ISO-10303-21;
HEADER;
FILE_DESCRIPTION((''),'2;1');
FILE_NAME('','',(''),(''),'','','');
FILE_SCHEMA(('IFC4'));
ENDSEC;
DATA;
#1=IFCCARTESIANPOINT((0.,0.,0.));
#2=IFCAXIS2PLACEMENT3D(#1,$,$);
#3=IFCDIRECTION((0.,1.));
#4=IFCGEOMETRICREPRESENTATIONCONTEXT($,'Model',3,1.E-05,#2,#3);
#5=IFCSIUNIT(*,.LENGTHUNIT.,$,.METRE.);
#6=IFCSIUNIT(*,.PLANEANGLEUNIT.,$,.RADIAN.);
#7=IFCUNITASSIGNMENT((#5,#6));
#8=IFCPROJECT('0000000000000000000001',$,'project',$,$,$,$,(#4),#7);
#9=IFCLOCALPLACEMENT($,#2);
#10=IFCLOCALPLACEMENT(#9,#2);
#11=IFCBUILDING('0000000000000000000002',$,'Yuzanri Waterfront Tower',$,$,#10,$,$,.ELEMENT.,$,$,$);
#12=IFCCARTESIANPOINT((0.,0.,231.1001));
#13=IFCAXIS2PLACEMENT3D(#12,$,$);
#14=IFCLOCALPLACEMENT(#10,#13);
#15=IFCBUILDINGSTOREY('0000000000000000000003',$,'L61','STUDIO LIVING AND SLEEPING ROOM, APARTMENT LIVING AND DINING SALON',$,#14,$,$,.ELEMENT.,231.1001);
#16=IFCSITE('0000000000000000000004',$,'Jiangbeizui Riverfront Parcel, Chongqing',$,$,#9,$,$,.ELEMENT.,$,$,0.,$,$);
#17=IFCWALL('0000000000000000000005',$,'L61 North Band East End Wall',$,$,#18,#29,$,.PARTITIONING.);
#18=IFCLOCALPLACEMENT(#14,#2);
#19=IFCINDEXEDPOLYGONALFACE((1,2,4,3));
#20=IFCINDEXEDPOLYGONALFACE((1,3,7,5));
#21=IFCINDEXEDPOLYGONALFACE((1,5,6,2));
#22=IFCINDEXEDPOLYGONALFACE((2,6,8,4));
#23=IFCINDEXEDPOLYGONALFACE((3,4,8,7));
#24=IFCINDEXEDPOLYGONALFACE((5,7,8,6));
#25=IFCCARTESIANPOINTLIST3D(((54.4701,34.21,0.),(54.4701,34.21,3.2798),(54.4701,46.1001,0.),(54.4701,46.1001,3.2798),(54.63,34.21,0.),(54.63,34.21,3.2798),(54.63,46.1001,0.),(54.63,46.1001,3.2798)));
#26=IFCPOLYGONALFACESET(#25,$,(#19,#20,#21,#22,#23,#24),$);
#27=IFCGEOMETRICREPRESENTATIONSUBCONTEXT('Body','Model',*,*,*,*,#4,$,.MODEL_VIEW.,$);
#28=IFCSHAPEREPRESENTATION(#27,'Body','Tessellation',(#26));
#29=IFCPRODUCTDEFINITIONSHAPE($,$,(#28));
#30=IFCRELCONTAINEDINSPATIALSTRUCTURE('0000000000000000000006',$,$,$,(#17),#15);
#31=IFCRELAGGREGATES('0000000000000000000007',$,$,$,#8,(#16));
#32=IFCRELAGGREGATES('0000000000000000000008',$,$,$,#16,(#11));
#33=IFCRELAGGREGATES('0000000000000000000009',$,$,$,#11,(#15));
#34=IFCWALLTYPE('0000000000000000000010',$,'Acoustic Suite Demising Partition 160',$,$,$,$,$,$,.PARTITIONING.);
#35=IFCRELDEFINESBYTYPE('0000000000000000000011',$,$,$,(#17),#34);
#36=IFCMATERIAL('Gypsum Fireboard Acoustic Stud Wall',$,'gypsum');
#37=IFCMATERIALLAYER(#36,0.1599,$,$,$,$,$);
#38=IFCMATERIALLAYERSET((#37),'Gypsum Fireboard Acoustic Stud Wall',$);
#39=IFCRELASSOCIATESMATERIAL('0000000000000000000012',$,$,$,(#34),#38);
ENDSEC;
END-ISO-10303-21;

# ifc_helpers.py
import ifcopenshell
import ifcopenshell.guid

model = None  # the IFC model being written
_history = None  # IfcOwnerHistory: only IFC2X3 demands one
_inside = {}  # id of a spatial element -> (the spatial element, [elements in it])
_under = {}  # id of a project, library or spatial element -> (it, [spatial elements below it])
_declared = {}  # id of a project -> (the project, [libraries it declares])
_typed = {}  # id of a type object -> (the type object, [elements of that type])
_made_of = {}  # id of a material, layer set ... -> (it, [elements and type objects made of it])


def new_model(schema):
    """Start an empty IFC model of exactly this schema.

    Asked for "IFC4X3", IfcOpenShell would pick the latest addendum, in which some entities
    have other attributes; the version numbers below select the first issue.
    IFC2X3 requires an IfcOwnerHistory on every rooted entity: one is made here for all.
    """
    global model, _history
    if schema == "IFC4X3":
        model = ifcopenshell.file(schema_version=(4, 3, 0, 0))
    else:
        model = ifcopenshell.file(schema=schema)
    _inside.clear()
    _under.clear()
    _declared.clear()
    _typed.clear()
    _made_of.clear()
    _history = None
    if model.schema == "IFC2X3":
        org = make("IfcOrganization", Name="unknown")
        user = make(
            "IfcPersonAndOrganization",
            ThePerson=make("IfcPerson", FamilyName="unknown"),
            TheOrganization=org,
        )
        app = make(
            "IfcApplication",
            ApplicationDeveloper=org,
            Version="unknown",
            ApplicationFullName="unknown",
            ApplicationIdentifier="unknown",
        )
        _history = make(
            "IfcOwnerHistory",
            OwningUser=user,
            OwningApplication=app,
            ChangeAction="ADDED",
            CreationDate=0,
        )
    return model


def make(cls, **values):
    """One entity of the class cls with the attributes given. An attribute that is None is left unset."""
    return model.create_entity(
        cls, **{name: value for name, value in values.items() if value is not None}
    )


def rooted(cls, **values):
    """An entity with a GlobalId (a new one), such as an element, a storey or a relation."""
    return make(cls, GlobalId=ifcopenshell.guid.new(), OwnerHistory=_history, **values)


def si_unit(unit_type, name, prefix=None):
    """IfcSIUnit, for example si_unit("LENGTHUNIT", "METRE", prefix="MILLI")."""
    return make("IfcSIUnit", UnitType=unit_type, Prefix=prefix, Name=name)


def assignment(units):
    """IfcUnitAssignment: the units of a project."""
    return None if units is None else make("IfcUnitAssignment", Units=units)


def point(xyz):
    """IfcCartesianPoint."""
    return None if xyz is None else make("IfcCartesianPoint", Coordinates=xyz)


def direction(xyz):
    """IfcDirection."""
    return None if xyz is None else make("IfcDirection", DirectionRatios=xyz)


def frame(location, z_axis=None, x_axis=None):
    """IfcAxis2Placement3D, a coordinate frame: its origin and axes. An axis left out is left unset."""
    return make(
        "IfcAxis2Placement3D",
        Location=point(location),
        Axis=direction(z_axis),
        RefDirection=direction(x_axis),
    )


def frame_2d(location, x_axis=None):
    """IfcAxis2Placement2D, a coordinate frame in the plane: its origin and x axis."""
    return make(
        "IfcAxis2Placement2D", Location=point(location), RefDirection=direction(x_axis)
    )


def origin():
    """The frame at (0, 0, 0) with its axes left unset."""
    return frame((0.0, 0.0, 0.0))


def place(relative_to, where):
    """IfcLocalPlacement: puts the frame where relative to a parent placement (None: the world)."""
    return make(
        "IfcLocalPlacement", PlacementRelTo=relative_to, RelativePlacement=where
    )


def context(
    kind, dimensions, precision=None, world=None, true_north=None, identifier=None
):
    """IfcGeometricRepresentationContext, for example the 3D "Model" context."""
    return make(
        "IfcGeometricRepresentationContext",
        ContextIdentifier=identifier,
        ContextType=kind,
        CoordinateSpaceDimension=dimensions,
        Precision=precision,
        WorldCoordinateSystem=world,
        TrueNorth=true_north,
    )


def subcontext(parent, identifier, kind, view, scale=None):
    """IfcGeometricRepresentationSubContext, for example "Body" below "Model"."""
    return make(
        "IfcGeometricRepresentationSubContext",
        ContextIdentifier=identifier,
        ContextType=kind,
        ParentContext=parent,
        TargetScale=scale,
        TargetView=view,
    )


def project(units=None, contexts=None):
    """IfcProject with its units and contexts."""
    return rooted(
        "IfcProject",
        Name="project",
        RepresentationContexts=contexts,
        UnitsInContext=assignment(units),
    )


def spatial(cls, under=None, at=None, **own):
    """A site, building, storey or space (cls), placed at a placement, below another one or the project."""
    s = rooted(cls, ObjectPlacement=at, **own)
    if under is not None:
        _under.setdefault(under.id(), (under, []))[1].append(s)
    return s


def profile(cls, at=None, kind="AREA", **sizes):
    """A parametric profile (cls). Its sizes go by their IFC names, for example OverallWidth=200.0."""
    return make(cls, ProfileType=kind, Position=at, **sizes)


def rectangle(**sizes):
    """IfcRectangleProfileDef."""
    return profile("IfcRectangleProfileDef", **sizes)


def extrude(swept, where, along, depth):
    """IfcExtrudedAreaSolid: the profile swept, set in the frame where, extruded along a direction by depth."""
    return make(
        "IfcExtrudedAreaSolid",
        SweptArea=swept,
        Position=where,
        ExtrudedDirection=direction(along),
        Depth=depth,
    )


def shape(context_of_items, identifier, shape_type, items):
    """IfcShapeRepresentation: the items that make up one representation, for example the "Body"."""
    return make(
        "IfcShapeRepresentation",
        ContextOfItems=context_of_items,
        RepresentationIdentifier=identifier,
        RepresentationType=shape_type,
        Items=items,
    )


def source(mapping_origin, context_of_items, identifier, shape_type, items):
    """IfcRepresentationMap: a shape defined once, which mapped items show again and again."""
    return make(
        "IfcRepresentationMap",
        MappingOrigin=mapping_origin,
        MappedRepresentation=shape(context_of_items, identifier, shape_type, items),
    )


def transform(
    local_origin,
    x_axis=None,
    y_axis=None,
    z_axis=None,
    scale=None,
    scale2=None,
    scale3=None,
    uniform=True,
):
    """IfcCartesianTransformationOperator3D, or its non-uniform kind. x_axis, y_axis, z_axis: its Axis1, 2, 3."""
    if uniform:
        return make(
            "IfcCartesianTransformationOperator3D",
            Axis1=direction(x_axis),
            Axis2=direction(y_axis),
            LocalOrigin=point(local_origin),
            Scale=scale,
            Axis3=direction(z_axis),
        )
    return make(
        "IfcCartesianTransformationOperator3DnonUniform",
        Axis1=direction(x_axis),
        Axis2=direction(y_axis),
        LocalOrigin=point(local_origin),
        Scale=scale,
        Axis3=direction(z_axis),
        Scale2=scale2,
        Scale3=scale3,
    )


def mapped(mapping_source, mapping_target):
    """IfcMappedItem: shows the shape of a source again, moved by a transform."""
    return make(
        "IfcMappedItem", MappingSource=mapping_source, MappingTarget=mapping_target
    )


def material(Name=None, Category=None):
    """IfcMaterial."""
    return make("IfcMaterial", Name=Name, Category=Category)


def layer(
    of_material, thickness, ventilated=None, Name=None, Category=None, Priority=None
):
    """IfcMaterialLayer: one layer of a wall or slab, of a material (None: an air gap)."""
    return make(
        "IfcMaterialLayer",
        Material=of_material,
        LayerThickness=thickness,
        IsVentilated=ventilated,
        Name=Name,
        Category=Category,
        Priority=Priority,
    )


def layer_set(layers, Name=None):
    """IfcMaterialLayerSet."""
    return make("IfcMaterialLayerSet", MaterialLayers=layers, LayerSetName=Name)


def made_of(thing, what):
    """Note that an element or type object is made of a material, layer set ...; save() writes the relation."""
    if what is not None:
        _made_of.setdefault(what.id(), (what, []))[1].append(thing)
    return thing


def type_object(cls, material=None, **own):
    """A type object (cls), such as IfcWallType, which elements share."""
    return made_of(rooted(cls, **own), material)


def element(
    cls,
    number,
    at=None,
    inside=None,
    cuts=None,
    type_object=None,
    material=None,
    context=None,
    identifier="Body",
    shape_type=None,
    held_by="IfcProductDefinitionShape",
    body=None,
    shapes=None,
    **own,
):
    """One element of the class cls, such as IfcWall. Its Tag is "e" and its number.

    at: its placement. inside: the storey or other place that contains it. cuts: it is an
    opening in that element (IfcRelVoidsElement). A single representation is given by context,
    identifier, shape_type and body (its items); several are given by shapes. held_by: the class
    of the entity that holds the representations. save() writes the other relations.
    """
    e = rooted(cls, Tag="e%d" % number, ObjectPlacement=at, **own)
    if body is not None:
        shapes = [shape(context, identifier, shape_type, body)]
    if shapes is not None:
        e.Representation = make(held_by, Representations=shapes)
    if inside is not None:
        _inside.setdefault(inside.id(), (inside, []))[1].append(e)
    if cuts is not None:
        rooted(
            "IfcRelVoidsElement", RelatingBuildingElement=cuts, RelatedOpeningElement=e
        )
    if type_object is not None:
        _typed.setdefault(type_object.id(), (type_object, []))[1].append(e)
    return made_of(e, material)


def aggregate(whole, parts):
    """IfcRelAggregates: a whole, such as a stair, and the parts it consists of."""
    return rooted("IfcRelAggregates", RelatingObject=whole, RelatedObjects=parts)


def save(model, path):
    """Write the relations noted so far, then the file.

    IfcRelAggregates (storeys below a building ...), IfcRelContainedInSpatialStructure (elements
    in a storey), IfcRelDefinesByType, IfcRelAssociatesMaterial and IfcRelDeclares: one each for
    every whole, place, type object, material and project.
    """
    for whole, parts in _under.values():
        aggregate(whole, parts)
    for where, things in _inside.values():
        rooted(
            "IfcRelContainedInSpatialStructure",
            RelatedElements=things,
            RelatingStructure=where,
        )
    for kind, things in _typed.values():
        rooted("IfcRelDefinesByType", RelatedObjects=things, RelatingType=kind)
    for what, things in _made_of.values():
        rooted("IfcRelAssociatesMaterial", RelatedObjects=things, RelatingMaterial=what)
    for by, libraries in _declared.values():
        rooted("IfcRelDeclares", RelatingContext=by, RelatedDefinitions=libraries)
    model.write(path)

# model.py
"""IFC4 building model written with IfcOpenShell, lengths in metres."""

from ifc_helpers import new_model, si_unit, direction, frame, frame_2d, origin, place, context, subcontext, project, spatial, rectangle, extrude, source, transform, mapped, material, layer, layer_set, type_object, element, save


model = new_model("IFC4")

# Units and contexts
model_context = context("Model", 3, precision=1e-05, world=origin(), true_north=direction((0.0, 1.0)))
body_context = subcontext(model_context, "Body", "Model", "MODEL_VIEW")
ifc_project = project(units=[si_unit("LENGTHUNIT", "METRE"), si_unit("PLANEANGLEUNIT", "RADIAN")], contexts=[model_context])

# Site, building, storey
site_placement = place(None, origin())
site = spatial("IfcSite", under=ifc_project, at=site_placement, Name="Jiangbeizui Riverfront Parcel, Chongqing", CompositionType="ELEMENT", RefElevation=0.0)
building_placement = place(site_placement, origin())
building = spatial("IfcBuilding", under=site, at=building_placement, Name="Yuzanri Waterfront Tower", CompositionType="ELEMENT")
storey_placement = place(building_placement, frame((0.0, 0.0, 231.1001)))
storey = spatial("IfcBuildingStorey", under=building, at=storey_placement, Name="L61", Description="STUDIO LIVING AND SLEEPING ROOM, APARTMENT LIVING AND DINING SALON", CompositionType="ELEMENT", Elevation=231.1001)

# Wall
ifc_material_1 = material(Name="Gypsum Fireboard Acoustic Stud Wall", Category="gypsum")
ifc_layer_1 = layer(ifc_material_1, 0.1599)
ifc_layer_set_1 = layer_set([ifc_layer_1], Name="Gypsum Fireboard Acoustic Stud Wall")
wall_type_1 = type_object("IfcWallType", Name="Acoustic Suite Demising Partition 160", PredefinedType="PARTITIONING", material=ifc_layer_set_1)
shared_shape_1 = source(origin(), body_context, "Body", "SweptSolid", [
    extrude(rectangle(XDim=11.8901, YDim=0.1599, at=frame_2d((5.9451, 0.0))), origin(), (0.0, 0.0, 1.0), 3.2798),
])
wall_1_placement = place(storey_placement, frame((54.55, 34.21, 0.0), z_axis=(0.0, 0.0, 1.0), x_axis=(0.0, 1.0, 0.0)))
element("IfcWall", 1, at=wall_1_placement, inside=storey, type_object=wall_type_1, Name="L61 North Band East End Wall", PredefinedType="PARTITIONING", context=body_context, shape_type="MappedRepresentation", body=[
    mapped(shared_shape_1, transform((0.0, 0.0, 0.0), scale=1.0)),
])

save(model, "model.ifc")
